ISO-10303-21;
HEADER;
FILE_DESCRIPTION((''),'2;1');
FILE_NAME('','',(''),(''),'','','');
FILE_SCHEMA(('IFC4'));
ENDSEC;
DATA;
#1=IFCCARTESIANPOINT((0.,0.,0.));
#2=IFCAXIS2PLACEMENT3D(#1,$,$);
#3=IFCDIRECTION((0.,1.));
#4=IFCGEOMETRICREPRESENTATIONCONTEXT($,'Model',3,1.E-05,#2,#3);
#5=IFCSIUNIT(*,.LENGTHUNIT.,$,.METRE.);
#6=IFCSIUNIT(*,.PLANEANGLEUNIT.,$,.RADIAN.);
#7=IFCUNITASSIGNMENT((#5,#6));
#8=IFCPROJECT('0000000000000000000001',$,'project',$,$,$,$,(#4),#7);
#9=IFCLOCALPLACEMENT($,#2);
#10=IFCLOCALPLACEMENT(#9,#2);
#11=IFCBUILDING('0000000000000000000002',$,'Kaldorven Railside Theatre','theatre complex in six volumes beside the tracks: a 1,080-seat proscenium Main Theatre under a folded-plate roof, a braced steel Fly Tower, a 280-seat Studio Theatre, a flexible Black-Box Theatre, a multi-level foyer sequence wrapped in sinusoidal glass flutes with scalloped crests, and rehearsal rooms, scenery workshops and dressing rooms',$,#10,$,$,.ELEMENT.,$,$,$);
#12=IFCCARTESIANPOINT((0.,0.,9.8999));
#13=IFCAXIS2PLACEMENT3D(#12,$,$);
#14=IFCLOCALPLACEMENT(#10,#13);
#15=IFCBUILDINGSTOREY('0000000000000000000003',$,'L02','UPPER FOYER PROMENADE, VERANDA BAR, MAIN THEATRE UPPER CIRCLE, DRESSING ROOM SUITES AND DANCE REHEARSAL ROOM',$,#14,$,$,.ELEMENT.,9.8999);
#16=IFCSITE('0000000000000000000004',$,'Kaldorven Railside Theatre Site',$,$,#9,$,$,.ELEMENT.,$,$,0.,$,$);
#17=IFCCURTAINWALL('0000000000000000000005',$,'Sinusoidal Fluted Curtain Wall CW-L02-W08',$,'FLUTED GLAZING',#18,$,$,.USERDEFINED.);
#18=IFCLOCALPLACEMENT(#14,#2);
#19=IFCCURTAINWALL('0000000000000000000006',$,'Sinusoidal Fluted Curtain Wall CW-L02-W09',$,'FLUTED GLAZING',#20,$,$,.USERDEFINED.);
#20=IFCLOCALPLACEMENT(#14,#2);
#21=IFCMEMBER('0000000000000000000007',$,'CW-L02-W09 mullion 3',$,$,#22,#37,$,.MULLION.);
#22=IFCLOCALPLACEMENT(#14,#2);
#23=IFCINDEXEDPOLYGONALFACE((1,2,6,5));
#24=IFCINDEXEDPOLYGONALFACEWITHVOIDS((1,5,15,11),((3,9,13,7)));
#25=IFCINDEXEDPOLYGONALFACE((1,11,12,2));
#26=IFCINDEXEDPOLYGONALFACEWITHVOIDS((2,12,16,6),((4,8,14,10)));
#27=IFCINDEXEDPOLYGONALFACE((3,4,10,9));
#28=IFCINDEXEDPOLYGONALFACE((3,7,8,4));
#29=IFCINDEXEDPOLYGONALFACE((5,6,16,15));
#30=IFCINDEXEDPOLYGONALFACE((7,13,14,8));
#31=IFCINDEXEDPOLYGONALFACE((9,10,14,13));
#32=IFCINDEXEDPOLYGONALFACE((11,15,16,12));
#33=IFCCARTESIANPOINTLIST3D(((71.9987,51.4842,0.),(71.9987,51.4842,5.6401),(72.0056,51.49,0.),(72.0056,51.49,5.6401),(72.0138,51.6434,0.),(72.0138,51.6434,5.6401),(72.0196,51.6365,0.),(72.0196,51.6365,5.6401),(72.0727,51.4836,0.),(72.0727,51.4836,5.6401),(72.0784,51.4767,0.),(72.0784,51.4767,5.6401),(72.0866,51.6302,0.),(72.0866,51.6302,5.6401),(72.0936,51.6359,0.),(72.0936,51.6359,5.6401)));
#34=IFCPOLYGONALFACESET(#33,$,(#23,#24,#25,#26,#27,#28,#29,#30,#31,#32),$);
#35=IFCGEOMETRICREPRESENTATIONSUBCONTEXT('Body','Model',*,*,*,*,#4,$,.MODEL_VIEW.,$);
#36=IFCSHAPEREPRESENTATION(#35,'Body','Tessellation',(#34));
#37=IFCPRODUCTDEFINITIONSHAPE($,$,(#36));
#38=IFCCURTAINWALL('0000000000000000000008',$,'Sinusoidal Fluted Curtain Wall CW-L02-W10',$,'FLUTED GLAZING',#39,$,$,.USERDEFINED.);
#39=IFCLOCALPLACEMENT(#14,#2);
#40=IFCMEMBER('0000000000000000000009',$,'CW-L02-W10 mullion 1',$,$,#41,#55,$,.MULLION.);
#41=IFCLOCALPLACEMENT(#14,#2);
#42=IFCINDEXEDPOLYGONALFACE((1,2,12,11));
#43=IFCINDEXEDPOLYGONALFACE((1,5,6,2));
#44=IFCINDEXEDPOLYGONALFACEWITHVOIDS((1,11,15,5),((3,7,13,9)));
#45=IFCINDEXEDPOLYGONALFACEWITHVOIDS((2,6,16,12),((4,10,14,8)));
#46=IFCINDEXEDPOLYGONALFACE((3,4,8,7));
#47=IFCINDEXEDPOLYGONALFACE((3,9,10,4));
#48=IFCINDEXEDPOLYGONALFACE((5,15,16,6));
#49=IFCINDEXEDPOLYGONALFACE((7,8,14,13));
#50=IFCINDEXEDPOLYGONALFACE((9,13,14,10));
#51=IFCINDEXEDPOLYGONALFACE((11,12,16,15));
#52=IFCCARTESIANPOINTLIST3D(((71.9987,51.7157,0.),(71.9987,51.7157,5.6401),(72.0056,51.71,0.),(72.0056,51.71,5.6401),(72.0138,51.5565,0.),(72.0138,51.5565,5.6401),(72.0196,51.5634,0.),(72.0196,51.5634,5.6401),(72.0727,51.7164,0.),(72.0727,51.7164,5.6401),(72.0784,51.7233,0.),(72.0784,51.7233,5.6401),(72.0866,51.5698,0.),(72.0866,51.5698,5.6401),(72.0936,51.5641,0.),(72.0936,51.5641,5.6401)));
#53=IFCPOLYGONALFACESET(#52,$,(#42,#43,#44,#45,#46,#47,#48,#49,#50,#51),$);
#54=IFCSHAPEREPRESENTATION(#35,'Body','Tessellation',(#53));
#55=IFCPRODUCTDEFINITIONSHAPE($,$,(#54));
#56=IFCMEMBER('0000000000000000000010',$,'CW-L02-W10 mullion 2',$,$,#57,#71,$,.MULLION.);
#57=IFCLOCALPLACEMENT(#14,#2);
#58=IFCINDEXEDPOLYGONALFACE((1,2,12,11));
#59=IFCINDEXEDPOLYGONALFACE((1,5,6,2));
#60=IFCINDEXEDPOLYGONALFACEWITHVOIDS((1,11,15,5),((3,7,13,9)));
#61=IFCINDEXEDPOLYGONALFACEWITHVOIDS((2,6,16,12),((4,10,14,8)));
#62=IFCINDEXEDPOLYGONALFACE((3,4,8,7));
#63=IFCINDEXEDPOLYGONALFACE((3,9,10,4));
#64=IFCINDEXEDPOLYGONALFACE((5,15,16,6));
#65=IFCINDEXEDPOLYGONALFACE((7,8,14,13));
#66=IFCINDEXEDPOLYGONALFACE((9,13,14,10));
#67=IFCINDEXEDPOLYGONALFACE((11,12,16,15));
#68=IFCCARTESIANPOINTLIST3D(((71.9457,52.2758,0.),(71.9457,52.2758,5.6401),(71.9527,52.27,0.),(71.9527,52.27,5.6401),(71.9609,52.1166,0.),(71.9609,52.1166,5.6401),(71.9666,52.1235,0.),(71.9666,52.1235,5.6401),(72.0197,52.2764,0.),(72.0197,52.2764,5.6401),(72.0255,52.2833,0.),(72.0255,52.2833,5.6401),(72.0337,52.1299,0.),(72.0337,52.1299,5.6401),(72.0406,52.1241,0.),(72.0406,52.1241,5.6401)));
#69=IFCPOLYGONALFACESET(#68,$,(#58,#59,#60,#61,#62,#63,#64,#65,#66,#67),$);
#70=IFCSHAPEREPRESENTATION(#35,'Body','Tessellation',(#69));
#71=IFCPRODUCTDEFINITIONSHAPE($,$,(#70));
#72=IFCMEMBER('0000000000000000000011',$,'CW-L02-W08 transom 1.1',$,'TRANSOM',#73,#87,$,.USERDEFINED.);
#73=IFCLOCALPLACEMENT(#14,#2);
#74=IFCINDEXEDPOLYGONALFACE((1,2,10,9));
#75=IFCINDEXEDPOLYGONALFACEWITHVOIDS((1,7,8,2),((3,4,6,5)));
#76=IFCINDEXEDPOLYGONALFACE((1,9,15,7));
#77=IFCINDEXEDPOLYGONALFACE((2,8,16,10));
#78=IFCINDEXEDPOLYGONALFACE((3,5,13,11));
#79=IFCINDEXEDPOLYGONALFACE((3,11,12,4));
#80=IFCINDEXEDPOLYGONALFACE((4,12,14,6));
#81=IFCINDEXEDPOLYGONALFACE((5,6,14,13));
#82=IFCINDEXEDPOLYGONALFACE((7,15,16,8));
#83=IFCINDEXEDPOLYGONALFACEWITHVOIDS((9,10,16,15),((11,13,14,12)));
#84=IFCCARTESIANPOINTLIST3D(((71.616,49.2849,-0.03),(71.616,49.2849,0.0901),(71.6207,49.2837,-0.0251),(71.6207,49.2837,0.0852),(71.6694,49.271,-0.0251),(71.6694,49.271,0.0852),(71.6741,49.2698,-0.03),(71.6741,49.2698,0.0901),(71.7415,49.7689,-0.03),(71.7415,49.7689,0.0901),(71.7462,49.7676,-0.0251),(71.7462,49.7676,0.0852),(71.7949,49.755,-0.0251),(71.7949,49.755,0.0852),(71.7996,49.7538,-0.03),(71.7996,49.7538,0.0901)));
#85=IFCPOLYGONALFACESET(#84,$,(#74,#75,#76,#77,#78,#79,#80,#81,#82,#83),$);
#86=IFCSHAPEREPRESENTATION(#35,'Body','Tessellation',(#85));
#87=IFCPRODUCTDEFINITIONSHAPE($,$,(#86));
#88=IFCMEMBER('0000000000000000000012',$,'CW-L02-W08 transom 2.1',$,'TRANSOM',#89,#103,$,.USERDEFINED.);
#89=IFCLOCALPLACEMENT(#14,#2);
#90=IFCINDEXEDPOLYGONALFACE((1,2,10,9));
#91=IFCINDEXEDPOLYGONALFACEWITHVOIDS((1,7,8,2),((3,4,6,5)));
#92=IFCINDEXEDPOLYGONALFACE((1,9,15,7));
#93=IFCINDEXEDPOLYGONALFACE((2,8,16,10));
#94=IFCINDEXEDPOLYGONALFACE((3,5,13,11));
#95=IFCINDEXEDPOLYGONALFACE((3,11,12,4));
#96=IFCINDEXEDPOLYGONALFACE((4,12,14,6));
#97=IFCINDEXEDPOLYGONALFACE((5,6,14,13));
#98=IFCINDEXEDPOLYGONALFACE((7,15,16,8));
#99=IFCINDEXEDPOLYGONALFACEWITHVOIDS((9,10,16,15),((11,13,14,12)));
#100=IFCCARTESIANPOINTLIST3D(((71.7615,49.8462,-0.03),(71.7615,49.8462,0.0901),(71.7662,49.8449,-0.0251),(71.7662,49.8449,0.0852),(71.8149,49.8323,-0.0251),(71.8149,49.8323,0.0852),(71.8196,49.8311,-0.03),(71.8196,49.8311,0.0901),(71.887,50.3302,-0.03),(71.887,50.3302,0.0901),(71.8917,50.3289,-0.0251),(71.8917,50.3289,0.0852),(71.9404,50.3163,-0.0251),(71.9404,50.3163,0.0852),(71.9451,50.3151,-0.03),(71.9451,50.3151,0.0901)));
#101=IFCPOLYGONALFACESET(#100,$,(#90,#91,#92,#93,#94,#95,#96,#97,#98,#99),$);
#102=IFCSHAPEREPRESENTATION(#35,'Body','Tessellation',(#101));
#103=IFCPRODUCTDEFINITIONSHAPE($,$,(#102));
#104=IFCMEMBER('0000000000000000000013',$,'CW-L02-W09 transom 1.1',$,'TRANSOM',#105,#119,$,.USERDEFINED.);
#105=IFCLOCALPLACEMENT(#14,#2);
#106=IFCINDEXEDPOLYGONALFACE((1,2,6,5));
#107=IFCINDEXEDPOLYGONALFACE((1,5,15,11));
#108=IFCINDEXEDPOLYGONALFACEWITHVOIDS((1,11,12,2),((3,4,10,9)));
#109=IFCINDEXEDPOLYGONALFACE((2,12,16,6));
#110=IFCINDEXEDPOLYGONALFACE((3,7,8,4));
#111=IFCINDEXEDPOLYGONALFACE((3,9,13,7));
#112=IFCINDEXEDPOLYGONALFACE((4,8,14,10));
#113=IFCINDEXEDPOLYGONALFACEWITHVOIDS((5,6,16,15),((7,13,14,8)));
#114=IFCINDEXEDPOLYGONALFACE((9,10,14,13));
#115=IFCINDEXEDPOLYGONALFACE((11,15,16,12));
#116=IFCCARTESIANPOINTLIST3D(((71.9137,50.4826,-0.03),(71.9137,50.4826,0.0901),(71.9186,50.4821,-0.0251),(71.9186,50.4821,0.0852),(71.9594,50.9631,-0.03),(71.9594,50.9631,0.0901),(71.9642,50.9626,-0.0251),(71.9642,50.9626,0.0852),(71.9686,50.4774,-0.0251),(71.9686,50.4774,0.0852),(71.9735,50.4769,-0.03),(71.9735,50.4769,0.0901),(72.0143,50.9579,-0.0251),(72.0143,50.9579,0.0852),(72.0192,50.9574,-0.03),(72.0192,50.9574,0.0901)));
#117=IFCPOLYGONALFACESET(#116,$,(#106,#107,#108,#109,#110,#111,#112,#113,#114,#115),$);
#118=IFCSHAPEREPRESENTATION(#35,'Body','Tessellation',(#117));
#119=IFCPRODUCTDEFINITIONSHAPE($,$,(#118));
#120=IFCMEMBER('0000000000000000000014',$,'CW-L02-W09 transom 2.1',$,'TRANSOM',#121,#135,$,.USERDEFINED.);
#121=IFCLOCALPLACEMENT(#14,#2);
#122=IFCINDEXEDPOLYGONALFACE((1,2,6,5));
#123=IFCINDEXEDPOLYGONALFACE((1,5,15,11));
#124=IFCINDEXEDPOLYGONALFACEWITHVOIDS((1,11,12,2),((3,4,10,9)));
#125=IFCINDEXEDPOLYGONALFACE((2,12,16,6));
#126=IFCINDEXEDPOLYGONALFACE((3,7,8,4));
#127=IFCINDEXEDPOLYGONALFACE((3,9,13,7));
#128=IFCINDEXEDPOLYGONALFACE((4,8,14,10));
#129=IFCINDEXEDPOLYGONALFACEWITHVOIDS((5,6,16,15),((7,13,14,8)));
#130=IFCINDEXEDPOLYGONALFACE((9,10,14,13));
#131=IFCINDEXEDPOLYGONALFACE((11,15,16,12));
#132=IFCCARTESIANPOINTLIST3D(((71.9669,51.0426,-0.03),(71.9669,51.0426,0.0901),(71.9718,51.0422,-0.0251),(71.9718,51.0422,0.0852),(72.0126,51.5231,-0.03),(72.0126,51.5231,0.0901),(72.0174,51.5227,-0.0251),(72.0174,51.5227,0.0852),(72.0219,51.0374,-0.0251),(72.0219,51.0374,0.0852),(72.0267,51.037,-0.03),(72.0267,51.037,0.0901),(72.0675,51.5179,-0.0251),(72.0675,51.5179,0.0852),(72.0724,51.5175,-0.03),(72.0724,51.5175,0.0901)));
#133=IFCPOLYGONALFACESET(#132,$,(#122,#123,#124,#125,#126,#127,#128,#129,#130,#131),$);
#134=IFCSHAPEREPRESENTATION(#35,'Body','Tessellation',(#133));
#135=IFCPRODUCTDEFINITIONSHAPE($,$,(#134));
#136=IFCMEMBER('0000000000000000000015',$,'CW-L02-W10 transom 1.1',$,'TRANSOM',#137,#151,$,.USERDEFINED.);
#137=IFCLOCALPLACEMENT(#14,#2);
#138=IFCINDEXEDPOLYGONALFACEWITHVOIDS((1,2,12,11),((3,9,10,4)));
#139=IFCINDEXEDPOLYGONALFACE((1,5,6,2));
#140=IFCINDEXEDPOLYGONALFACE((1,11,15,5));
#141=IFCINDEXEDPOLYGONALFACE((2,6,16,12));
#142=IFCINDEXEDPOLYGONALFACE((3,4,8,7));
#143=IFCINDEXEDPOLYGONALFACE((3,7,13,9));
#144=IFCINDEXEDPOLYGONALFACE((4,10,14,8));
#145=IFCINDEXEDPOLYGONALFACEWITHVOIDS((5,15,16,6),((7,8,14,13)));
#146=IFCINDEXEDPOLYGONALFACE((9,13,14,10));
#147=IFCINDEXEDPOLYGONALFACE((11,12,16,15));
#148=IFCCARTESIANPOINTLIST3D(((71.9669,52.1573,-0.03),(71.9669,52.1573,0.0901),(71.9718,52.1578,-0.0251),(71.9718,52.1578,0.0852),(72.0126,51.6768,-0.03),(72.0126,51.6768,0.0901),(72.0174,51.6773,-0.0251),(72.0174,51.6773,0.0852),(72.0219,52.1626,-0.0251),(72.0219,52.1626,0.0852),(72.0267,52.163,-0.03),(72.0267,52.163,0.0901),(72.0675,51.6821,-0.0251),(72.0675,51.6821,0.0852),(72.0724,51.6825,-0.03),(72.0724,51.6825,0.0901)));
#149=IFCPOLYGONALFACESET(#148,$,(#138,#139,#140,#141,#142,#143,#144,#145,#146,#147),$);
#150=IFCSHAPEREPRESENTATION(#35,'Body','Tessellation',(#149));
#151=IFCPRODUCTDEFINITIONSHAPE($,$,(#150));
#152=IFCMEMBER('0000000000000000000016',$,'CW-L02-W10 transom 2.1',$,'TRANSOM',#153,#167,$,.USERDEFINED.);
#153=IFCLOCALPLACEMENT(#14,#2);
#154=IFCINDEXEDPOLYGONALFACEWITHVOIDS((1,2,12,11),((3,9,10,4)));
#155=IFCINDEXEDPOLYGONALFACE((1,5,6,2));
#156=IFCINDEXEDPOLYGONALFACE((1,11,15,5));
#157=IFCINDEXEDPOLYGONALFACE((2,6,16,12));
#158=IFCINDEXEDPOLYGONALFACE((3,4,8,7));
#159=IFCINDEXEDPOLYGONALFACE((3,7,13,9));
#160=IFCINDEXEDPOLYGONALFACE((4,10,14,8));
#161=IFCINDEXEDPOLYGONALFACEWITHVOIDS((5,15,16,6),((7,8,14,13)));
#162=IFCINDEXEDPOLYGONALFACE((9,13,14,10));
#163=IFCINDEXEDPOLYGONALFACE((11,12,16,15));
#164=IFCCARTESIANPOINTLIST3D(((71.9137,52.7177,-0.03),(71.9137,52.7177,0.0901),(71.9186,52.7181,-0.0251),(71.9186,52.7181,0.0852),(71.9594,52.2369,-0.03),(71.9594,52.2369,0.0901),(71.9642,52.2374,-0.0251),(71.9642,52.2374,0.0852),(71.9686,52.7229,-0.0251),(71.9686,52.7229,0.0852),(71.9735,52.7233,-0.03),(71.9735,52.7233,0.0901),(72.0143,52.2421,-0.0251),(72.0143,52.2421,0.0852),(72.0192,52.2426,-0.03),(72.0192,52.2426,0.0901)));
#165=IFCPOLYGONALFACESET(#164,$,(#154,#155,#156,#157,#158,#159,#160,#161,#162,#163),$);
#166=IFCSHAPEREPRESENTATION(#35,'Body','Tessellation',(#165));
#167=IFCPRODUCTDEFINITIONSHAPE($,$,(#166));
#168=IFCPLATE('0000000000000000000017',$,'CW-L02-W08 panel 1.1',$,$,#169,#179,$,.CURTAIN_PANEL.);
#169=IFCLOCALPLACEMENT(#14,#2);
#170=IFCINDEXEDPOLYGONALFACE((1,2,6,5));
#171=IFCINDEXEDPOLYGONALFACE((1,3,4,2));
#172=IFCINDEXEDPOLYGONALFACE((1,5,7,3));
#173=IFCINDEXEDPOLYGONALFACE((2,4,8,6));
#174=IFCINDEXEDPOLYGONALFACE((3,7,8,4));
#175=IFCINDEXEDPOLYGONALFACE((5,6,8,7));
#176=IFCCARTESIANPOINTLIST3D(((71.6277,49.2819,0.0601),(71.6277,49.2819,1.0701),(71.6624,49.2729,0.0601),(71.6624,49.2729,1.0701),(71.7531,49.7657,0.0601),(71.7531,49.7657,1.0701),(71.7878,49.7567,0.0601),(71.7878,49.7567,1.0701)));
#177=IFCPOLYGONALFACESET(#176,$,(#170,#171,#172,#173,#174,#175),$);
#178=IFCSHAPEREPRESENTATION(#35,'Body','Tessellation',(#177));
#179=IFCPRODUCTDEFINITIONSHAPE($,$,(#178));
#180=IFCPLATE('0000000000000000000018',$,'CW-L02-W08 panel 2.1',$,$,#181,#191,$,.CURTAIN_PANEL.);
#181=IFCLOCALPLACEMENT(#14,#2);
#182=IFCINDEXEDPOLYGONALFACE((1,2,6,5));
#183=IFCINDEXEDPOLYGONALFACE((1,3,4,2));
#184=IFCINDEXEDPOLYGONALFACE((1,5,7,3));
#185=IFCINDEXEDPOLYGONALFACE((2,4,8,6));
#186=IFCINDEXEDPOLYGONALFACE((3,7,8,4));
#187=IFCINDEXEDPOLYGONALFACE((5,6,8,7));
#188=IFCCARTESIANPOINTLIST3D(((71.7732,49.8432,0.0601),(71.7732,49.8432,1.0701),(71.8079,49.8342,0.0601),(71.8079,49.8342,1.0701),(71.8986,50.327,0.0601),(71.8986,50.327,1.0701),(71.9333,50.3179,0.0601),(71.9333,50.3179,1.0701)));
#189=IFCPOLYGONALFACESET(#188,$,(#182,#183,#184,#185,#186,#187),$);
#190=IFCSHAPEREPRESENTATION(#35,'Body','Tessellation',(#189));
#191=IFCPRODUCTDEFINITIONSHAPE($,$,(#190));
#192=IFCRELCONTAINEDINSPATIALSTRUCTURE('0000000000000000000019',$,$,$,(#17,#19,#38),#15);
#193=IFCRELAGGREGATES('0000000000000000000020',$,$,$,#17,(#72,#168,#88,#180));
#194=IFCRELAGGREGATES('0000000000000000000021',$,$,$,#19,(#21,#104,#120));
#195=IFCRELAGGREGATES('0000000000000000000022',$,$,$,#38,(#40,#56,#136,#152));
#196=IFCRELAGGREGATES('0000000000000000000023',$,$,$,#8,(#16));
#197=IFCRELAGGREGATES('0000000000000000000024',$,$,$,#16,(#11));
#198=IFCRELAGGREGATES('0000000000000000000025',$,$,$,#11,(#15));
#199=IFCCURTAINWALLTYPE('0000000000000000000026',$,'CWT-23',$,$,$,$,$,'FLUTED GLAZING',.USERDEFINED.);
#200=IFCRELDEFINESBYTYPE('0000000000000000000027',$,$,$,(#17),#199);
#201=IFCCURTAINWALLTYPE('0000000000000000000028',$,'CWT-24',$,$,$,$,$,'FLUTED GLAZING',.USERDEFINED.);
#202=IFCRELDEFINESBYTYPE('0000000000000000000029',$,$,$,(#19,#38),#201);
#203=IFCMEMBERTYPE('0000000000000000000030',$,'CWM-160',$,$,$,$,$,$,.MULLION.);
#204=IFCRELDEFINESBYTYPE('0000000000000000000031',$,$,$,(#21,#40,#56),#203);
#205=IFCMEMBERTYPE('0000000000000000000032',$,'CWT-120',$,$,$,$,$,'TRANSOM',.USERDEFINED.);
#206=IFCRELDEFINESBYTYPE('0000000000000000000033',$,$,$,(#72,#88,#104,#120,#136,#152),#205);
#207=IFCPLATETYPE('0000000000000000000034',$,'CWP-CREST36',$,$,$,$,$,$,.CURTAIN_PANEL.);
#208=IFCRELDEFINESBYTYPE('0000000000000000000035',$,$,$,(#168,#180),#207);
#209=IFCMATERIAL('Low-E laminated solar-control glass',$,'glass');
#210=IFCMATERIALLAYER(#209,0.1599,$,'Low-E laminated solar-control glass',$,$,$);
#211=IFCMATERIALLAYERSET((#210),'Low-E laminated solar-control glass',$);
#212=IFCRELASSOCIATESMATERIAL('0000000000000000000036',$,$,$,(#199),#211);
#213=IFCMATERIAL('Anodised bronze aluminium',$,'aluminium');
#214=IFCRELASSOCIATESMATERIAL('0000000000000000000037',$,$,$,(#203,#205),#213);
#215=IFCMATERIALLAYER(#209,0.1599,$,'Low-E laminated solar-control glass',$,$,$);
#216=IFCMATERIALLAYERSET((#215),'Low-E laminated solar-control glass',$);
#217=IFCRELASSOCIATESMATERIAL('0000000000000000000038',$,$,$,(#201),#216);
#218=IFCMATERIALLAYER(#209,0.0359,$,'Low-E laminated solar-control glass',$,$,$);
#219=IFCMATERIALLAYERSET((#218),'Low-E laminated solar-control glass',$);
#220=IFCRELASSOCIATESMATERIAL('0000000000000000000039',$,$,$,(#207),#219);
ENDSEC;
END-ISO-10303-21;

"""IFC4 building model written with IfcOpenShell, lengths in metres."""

from ifc_helpers import new_model, si_unit, direction, frame, origin, origin_2d, place, context, subcontext, project, spatial, rectangle, hollow_rectangle, extrude, material, layer, layer_set, material_profile, profile_set, type_object, element, aggregate, save


model = new_model("IFC4")

# Units and contexts
model_context = context("Model", 3, precision=1e-05, world=origin(), true_north=direction((0.0, 1.0)))
body_context = subcontext(model_context, "Body", "Model", "MODEL_VIEW")
ifc_project = project(units=[si_unit("LENGTHUNIT", "METRE"), si_unit("PLANEANGLEUNIT", "RADIAN")], contexts=[model_context])

# Site, building, storey
site_placement = place(None, origin())
site = spatial("IfcSite", under=ifc_project, at=site_placement, Name="Kaldorven Railside Theatre Site", CompositionType="ELEMENT", RefElevation=0.0)
building_placement = place(site_placement, origin())
building = spatial("IfcBuilding", under=site, at=building_placement, Name="Kaldorven Railside Theatre", Description="theatre complex in six volumes beside the tracks: a 1,080-seat proscenium Main Theatre under a folded-plate roof, a braced steel Fly Tower, a 280-seat Studio Theatre, a flexible Black-Box Theatre, a multi-level foyer sequence wrapped in sinusoidal glass flutes with scalloped crests, and rehearsal rooms, scenery workshops and dressing rooms", CompositionType="ELEMENT")
storey_placement = place(building_placement, frame((0.0, 0.0, 9.8999)))
storey = spatial("IfcBuildingStorey", under=building, at=storey_placement, Name="L02", Description="UPPER FOYER PROMENADE, VERANDA BAR, MAIN THEATRE UPPER CIRCLE, DRESSING ROOM SUITES AND DANCE REHEARSAL ROOM", CompositionType="ELEMENT", Elevation=9.8999)

# Curtain walls, members
ifc_material_1 = material(Name="Low-E laminated solar-control glass", Category="glass")
ifc_layer_1 = layer(ifc_material_1, 0.1599, Name="Low-E laminated solar-control glass")
ifc_layer_set_1 = layer_set([ifc_layer_1], Name="Low-E laminated solar-control glass")
curtain_wall_type_1 = type_object("IfcCurtainWallType", Name="CWT-23", ElementType="FLUTED GLAZING", PredefinedType="USERDEFINED", material=ifc_layer_set_1)
curtain_wall_1_placement = place(storey_placement, origin())
curtain_wall_1 = element("IfcCurtainWall", 1, at=curtain_wall_1_placement, inside=storey, type_object=curtain_wall_type_1, Name="Sinusoidal Fluted Curtain Wall CW-L02-W08", ObjectType="FLUTED GLAZING", PredefinedType="USERDEFINED")
ifc_material_2 = material(Name="Anodised bronze aluminium", Category="aluminium")
ifc_material_profile_1 = material_profile(ifc_material_2, hollow_rectangle(XDim=0.0801, YDim=0.1599, WallThickness=0.0063, at=origin_2d()), Name="RHS 160x80x6.3")
ifc_profile_set_1 = profile_set([ifc_material_profile_1], Name="Anodised bronze aluminium")
member_type_1 = type_object("IfcMemberType", Name="CWM-160", PredefinedType="MULLION", material=ifc_profile_set_1)
ifc_layer_2 = layer(ifc_material_1, 0.1599, Name="Low-E laminated solar-control glass")
ifc_layer_set_2 = layer_set([ifc_layer_2], Name="Low-E laminated solar-control glass")
curtain_wall_type_2 = type_object("IfcCurtainWallType", Name="CWT-24", ElementType="FLUTED GLAZING", PredefinedType="USERDEFINED", material=ifc_layer_set_2)
curtain_wall_2_placement = place(storey_placement, origin())
curtain_wall_2 = element("IfcCurtainWall", 2, at=curtain_wall_2_placement, inside=storey, type_object=curtain_wall_type_2, Name="Sinusoidal Fluted Curtain Wall CW-L02-W09", ObjectType="FLUTED GLAZING", PredefinedType="USERDEFINED")
member_1_placement = place(storey_placement, frame((72.0461, 51.5601, 0.0), z_axis=(0.0, 0.0, 1.0), x_axis=(-0.995526, 0.094492, 0.0)))
member_1 = element("IfcMember", 3, at=member_1_placement, type_object=member_type_1, Name="CW-L02-W09 mullion 3", PredefinedType="MULLION", context=body_context, shape_type="SweptSolid", body=[
    extrude(hollow_rectangle(XDim=0.0801, YDim=0.1599, WallThickness=0.0063, at=origin_2d()), origin(), (0.0, 0.0, 1.0), 5.6401),
])
curtain_wall_3_placement = place(storey_placement, origin())
curtain_wall_3 = element("IfcCurtainWall", 4, at=curtain_wall_3_placement, inside=storey, type_object=curtain_wall_type_2, Name="Sinusoidal Fluted Curtain Wall CW-L02-W10", ObjectType="FLUTED GLAZING", PredefinedType="USERDEFINED")
member_2_placement = place(storey_placement, frame((72.0461, 51.6399, 0.0), z_axis=(0.0, 0.0, 1.0), x_axis=(-0.995526, -0.094492, 0.0)))
member_2 = element("IfcMember", 5, at=member_2_placement, type_object=member_type_1, Name="CW-L02-W10 mullion 1", PredefinedType="MULLION", context=body_context, shape_type="SweptSolid", body=[
    extrude(hollow_rectangle(XDim=0.0801, YDim=0.1599, WallThickness=0.0063, at=origin_2d()), origin(), (0.0, 0.0, 1.0), 5.6401),
])
member_3_placement = place(storey_placement, frame((71.9932, 52.2, 0.0), z_axis=(0.0, 0.0, 1.0), x_axis=(-0.995526, -0.094492, 0.0)))
member_3 = element("IfcMember", 6, at=member_3_placement, type_object=member_type_1, Name="CW-L02-W10 mullion 2", PredefinedType="MULLION", context=body_context, shape_type="SweptSolid", body=[
    extrude(hollow_rectangle(XDim=0.0801, YDim=0.1599, WallThickness=0.0063, at=origin_2d()), origin(), (0.0, 0.0, 1.0), 5.6401),
])

# Members
ifc_material_profile_2 = material_profile(ifc_material_2, hollow_rectangle(XDim=0.0601, YDim=0.1201, WallThickness=0.0049, at=origin_2d()), Name="RHS 120x60x5")
ifc_profile_set_2 = profile_set([ifc_material_profile_2], Name="Anodised bronze aluminium")
member_type_2 = type_object("IfcMemberType", Name="CWT-120", ElementType="TRANSOM", PredefinedType="USERDEFINED", material=ifc_profile_set_2)
member_4_placement = place(storey_placement, frame((71.645, 49.2773, 0.03), z_axis=(0.25103, 0.967979, 0.0), x_axis=(-0.967979, 0.25103, 0.0)))
member_4 = element("IfcMember", 7, at=member_4_placement, type_object=member_type_2, Name="CW-L02-W08 transom 1.1", ObjectType="TRANSOM", PredefinedType="USERDEFINED", context=body_context, shape_type="SweptSolid", body=[
    extrude(hollow_rectangle(XDim=0.0601, YDim=0.1201, WallThickness=0.0049, at=origin_2d()), origin(), (0.0, 0.0, 1.0), 0.5),
])
member_5_placement = place(storey_placement, frame((71.7905, 49.8386, 0.03), z_axis=(0.25103, 0.967979, 0.0), x_axis=(-0.967979, 0.25103, 0.0)))
member_5 = element("IfcMember", 8, at=member_5_placement, type_object=member_type_2, Name="CW-L02-W08 transom 2.1", ObjectType="TRANSOM", PredefinedType="USERDEFINED", context=body_context, shape_type="SweptSolid", body=[
    extrude(hollow_rectangle(XDim=0.0601, YDim=0.1201, WallThickness=0.0049, at=origin_2d()), origin(), (0.0, 0.0, 1.0), 0.5),
])
member_6_placement = place(storey_placement, frame((71.9436, 50.4797, 0.03), z_axis=(0.094594, 0.995516, 0.0), x_axis=(-0.995516, 0.094594, 0.0)))
member_6 = element("IfcMember", 9, at=member_6_placement, type_object=member_type_2, Name="CW-L02-W09 transom 1.1", ObjectType="TRANSOM", PredefinedType="USERDEFINED", context=body_context, shape_type="SweptSolid", body=[
    extrude(hollow_rectangle(XDim=0.0601, YDim=0.1201, WallThickness=0.0049, at=origin_2d()), origin(), (0.0, 0.0, 1.0), 0.4827),
])
member_7_placement = place(storey_placement, frame((71.9968, 51.0398, 0.03), z_axis=(0.094594, 0.995516, 0.0), x_axis=(-0.995516, 0.094594, 0.0)))
member_7 = element("IfcMember", 10, at=member_7_placement, type_object=member_type_2, Name="CW-L02-W09 transom 2.1", ObjectType="TRANSOM", PredefinedType="USERDEFINED", context=body_context, shape_type="SweptSolid", body=[
    extrude(hollow_rectangle(XDim=0.0601, YDim=0.1201, WallThickness=0.0049, at=origin_2d()), origin(), (0.0, 0.0, 1.0), 0.4827),
])
member_8_placement = place(storey_placement, frame((72.0425, 51.6797, 0.03), z_axis=(-0.094594, 0.995516, 0.0), x_axis=(-0.995516, -0.094594, 0.0)))
member_8 = element("IfcMember", 11, at=member_8_placement, type_object=member_type_2, Name="CW-L02-W10 transom 1.1", ObjectType="TRANSOM", PredefinedType="USERDEFINED", context=body_context, shape_type="SweptSolid", body=[
    extrude(hollow_rectangle(XDim=0.0601, YDim=0.1201, WallThickness=0.0049, at=origin_2d()), origin(), (0.0, 0.0, 1.0), 0.4827),
])
member_9_placement = place(storey_placement, frame((71.9893, 52.2397, 0.03), z_axis=(-0.094547, 0.99552, 0.0), x_axis=(-0.99552, -0.094547, 0.0)))
member_9 = element("IfcMember", 12, at=member_9_placement, type_object=member_type_2, Name="CW-L02-W10 transom 2.1", ObjectType="TRANSOM", PredefinedType="USERDEFINED", context=body_context, shape_type="SweptSolid", body=[
    extrude(hollow_rectangle(XDim=0.0601, YDim=0.1201, WallThickness=0.0049, at=origin_2d()), origin(), (0.0, 0.0, 1.0), 0.4829),
])

# Plates
ifc_layer_3 = layer(ifc_material_1, 0.0359, Name="Low-E laminated solar-control glass")
ifc_layer_set_3 = layer_set([ifc_layer_3], Name="Low-E laminated solar-control glass")
plate_type = type_object("IfcPlateType", Name="CWP-CREST36", PredefinedType="CURTAIN_PANEL", material=ifc_layer_set_3)
plate_1_placement = place(storey_placement, frame((71.7078, 49.5193, 0.0601), z_axis=(0.0, 0.0, 1.0), x_axis=(0.250954, 0.967999, 0.0)))
plate_1 = element("IfcPlate", 13, at=plate_1_placement, type_object=plate_type, Name="CW-L02-W08 panel 1.1", PredefinedType="CURTAIN_PANEL", context=body_context, shape_type="SweptSolid", body=[
    extrude(rectangle(XDim=0.4998, YDim=0.0359, at=origin_2d()), origin(), (0.0, 0.0, 1.0), 1.01),
])
plate_2_placement = place(storey_placement, frame((71.8533, 50.0806, 0.0601), z_axis=(0.0, 0.0, 1.0), x_axis=(0.250954, 0.967999, 0.0)))
plate_2 = element("IfcPlate", 14, at=plate_2_placement, type_object=plate_type, Name="CW-L02-W08 panel 2.1", PredefinedType="CURTAIN_PANEL", context=body_context, shape_type="SweptSolid", body=[
    extrude(rectangle(XDim=0.4998, YDim=0.0359, at=origin_2d()), origin(), (0.0, 0.0, 1.0), 1.01),
])
aggregate(curtain_wall_1, [member_4, plate_1, member_5, plate_2])
aggregate(curtain_wall_2, [member_1, member_6, member_7])
aggregate(curtain_wall_3, [member_2, member_3, member_8, member_9])

save(model, "model.ifc")
